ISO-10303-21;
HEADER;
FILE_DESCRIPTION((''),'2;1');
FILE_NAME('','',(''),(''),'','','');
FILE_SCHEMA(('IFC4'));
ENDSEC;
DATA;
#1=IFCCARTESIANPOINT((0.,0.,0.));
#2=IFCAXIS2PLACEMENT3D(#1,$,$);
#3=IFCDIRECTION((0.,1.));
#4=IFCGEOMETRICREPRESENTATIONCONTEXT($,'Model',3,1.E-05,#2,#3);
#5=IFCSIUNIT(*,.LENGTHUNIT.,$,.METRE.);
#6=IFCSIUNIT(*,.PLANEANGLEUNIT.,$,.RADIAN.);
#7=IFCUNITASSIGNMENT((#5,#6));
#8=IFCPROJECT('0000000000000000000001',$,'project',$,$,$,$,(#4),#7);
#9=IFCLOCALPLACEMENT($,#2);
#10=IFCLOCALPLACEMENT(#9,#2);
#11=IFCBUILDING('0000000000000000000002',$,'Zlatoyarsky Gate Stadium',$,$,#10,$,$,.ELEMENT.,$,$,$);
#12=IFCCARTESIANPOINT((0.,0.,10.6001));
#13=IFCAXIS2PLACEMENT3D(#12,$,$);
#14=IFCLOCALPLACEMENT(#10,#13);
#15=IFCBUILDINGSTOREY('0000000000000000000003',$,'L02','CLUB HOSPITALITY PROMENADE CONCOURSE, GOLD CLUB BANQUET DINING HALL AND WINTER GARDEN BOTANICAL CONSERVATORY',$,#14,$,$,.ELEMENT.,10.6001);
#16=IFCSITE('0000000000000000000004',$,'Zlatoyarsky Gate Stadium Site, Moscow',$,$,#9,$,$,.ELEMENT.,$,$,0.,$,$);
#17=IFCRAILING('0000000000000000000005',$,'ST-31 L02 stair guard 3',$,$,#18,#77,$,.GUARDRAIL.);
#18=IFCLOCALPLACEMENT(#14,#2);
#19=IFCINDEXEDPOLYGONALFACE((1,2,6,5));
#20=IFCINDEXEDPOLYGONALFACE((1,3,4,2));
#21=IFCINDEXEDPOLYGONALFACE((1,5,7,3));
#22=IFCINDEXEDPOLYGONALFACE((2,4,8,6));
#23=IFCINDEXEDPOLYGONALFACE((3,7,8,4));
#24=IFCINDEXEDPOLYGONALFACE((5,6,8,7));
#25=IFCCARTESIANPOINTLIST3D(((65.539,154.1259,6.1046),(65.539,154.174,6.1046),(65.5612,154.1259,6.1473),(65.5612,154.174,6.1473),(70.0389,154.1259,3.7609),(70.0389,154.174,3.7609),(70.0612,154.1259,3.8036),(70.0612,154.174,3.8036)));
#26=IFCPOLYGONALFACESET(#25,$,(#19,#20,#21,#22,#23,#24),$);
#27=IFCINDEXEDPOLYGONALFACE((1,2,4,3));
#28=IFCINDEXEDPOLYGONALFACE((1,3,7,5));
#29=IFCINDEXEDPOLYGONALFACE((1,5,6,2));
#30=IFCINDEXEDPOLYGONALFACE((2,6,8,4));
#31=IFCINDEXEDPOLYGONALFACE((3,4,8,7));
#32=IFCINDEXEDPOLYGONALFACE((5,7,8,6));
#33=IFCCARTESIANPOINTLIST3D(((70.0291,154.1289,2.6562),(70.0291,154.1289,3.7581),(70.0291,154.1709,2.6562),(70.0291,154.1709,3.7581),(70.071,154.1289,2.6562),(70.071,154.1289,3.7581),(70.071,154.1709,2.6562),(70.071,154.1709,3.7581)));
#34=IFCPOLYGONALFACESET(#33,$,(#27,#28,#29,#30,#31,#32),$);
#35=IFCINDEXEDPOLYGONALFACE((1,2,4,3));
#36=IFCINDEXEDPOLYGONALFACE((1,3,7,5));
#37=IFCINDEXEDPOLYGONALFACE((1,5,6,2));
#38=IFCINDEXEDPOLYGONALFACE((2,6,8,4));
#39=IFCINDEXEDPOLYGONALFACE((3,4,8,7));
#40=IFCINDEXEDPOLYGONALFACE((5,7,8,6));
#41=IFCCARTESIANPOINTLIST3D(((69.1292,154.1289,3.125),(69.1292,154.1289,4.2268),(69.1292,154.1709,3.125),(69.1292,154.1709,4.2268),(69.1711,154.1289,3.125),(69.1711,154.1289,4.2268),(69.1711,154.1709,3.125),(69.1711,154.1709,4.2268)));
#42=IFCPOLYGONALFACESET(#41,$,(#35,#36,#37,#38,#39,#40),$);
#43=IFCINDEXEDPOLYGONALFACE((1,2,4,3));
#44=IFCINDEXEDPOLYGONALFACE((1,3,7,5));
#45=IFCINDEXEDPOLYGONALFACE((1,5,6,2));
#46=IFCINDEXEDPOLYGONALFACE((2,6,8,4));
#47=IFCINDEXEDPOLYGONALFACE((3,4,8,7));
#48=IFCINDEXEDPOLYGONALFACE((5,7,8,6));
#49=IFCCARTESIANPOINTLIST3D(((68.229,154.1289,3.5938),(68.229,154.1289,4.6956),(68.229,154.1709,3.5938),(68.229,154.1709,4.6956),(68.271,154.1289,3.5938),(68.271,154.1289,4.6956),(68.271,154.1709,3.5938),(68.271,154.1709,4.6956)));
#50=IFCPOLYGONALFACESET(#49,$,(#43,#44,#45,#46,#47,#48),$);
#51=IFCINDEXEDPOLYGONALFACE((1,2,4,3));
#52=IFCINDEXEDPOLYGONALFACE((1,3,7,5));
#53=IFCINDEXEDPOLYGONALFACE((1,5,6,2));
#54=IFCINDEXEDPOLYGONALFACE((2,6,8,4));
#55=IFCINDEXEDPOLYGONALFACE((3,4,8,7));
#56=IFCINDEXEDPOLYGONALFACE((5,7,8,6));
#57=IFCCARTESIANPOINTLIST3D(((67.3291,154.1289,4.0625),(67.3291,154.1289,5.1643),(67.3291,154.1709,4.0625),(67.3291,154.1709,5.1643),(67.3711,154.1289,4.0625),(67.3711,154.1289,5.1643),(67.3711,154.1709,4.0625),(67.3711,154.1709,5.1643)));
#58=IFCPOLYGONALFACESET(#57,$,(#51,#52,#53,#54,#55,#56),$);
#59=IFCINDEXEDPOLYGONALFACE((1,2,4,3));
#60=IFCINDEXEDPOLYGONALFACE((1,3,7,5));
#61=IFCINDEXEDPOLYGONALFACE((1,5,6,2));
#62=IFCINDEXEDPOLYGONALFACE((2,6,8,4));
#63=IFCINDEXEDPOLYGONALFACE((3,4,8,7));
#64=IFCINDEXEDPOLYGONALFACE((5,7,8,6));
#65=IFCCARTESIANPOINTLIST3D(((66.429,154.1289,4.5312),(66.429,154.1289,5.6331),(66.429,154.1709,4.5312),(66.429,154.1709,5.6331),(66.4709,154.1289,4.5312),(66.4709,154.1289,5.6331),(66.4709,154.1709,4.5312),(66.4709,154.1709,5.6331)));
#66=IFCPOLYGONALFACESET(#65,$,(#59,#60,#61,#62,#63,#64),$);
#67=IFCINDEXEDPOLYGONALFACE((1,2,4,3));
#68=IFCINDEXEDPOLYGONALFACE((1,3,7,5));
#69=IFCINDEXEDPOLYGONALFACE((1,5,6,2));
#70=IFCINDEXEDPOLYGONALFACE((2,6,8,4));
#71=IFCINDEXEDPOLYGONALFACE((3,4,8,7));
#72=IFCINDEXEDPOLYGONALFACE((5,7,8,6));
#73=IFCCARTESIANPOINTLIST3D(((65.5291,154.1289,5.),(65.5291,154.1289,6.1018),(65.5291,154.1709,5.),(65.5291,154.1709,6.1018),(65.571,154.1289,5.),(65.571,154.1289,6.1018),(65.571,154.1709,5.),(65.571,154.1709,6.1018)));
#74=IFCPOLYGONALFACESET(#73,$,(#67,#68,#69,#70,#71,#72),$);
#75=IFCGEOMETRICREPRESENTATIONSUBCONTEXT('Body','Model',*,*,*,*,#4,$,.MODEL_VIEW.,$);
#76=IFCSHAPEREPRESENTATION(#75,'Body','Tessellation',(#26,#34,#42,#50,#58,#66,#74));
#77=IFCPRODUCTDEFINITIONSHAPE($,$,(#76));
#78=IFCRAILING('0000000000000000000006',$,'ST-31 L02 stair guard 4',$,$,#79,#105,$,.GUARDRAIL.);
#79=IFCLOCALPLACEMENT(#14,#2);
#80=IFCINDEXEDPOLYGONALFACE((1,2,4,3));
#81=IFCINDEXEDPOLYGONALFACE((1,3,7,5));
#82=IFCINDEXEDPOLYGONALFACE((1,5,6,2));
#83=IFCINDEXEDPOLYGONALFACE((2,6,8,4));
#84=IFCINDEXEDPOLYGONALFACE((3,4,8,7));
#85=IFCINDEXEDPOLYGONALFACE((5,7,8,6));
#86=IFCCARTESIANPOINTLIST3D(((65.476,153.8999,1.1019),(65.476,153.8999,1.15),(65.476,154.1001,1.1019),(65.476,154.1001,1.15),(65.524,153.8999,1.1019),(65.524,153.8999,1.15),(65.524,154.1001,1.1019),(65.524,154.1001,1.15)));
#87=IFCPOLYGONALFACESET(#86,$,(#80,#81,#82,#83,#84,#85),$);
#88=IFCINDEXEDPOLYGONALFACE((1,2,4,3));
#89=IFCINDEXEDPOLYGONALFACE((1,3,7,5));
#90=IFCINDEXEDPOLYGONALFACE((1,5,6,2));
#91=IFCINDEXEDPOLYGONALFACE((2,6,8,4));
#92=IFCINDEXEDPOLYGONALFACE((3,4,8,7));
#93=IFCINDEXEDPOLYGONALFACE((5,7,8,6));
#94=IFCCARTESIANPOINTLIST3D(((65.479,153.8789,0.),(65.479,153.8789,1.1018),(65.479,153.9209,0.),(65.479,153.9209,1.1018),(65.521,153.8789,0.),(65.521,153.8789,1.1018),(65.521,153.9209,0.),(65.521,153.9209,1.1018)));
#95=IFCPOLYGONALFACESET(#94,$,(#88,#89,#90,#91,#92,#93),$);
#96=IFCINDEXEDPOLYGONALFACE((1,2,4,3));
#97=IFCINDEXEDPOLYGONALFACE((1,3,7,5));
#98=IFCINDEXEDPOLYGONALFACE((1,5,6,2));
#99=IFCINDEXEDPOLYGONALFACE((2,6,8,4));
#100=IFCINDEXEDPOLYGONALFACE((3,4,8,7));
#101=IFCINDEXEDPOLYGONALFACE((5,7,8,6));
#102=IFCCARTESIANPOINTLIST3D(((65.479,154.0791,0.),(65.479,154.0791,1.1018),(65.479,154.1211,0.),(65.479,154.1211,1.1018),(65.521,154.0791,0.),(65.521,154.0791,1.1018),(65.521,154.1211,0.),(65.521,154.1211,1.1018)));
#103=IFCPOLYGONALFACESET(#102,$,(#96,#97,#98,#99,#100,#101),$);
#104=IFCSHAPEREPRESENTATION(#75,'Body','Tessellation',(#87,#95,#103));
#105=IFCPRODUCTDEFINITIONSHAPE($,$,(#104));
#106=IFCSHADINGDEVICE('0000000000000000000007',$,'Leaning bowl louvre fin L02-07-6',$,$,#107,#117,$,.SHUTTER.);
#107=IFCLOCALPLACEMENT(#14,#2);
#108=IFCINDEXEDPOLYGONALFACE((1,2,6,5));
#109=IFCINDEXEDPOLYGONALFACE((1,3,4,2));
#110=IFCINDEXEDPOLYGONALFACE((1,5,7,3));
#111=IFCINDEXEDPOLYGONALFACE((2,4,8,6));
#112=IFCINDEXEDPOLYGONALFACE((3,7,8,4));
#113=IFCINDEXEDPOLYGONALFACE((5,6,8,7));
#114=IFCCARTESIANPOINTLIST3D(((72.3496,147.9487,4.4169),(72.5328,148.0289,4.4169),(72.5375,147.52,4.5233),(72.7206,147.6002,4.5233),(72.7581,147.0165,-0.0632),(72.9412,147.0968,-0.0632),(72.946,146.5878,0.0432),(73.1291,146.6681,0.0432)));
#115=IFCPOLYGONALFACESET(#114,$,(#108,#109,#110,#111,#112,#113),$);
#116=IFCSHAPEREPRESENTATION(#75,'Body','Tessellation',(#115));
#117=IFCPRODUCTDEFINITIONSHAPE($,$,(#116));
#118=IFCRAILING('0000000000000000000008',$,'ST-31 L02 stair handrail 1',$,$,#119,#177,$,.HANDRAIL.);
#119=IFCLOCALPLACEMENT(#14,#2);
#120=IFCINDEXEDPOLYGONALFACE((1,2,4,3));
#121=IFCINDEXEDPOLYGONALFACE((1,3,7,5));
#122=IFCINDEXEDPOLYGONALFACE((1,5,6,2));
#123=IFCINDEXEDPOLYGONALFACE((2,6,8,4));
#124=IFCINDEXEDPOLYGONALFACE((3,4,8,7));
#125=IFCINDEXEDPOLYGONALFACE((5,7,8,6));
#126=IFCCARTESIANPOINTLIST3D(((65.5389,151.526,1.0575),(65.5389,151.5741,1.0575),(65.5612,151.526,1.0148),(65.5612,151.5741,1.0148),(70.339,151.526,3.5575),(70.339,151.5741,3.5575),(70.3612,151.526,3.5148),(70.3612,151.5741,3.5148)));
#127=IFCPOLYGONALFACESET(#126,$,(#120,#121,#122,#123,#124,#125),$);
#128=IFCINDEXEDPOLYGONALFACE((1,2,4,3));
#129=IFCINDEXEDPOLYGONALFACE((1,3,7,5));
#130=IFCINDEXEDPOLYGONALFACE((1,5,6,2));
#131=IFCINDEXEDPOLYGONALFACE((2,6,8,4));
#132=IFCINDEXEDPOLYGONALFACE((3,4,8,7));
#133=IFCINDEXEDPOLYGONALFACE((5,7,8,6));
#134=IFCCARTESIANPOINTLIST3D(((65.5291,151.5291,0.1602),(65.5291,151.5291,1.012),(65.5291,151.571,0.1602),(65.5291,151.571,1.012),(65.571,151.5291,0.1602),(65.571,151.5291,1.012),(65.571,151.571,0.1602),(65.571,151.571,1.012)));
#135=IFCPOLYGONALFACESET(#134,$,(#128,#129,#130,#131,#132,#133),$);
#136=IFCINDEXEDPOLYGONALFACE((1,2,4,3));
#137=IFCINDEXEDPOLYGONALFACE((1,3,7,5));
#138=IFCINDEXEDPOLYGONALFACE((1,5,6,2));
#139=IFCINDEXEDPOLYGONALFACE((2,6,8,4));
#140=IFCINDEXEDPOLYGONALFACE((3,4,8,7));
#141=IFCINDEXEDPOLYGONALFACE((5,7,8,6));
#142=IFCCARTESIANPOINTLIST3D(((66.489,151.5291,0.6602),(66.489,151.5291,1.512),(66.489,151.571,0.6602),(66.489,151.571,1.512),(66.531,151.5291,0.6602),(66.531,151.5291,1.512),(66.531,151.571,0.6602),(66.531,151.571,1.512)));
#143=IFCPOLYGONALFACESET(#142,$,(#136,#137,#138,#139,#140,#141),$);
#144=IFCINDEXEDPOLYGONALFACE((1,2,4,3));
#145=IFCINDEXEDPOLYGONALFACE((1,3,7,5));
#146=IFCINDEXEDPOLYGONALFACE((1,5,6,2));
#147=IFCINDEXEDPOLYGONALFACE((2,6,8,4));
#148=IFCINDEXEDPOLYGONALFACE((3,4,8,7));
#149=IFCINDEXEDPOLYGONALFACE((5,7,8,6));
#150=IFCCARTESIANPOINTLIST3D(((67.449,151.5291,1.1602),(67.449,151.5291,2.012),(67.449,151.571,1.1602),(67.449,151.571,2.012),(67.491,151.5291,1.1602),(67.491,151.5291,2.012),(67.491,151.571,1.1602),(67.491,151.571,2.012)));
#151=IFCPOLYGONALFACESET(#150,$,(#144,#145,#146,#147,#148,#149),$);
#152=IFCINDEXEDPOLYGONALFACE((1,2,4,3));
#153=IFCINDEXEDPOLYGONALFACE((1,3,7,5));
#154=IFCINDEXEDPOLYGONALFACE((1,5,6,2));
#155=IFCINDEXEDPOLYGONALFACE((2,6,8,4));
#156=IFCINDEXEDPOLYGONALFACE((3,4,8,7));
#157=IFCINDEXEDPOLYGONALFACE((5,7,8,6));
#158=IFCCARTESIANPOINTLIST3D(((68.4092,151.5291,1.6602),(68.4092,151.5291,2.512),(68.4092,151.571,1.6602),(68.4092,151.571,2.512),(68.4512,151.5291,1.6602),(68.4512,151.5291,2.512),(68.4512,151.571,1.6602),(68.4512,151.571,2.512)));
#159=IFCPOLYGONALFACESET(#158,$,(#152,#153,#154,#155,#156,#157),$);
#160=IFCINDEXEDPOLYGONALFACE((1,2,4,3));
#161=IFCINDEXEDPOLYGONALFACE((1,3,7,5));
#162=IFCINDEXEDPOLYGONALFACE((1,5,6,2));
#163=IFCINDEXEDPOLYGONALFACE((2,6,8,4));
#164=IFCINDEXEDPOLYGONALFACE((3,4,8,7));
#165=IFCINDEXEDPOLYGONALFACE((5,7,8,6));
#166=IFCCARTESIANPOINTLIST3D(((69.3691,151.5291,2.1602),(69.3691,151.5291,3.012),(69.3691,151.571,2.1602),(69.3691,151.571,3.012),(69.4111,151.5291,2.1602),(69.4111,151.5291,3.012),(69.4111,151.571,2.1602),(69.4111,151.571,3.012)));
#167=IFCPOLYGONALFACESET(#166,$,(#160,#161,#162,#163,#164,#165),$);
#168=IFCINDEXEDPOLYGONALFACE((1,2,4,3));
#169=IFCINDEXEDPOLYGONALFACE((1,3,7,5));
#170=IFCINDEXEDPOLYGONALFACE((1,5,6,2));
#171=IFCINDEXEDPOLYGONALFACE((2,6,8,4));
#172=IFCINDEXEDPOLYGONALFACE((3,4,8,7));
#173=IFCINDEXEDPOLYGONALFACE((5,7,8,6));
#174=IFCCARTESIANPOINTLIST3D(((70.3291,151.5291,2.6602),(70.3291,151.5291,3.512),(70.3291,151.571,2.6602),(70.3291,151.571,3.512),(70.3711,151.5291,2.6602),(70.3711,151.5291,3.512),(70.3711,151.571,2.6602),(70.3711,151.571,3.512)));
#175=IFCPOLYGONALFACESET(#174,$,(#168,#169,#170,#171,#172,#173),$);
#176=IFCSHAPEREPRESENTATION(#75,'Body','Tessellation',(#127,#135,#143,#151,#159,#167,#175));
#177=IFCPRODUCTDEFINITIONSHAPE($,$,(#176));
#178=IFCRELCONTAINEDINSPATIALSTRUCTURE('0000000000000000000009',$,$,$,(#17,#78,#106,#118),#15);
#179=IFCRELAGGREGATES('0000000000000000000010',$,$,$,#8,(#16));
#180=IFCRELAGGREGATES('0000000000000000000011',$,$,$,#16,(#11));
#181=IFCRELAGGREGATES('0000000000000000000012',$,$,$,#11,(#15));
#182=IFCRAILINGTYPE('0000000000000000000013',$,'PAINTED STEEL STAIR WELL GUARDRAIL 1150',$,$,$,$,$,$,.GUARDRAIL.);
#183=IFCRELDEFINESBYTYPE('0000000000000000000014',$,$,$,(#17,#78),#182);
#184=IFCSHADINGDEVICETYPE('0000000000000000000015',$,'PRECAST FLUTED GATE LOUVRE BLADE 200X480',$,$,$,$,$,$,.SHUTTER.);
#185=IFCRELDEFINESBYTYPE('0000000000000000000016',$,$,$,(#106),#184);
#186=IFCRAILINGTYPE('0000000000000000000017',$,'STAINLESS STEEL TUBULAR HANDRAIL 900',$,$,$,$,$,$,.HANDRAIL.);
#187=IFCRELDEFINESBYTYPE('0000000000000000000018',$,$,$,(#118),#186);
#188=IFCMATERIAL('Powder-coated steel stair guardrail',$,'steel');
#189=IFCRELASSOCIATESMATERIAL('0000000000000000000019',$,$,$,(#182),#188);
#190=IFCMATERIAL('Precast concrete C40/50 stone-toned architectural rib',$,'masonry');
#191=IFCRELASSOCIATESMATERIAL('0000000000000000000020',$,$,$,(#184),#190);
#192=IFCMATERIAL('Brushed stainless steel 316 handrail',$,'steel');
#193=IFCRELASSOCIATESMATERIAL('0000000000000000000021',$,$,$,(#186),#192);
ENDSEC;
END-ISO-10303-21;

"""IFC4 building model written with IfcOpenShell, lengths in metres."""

from ifc_helpers import new_model, si_unit, direction, frame, origin, origin_2d, place, context, subcontext, project, spatial, rectangle, extrude, material, material_profile, profile_set, type_object, element, save


model = new_model("IFC4")

# Units and contexts
model_context = context("Model", 3, precision=1e-05, world=origin(), true_north=direction((0.0, 1.0)))
body_context = subcontext(model_context, "Body", "Model", "MODEL_VIEW")
ifc_project = project(units=[si_unit("LENGTHUNIT", "METRE"), si_unit("PLANEANGLEUNIT", "RADIAN")], contexts=[model_context])

# Site, building, storey
site_placement = place(None, origin())
site = spatial("IfcSite", under=ifc_project, at=site_placement, Name="Zlatoyarsky Gate Stadium Site, Moscow", CompositionType="ELEMENT", RefElevation=0.0)
building_placement = place(site_placement, origin())
building = spatial("IfcBuilding", under=site, at=building_placement, Name="Zlatoyarsky Gate Stadium", CompositionType="ELEMENT")
storey_placement = place(building_placement, frame((0.0, 0.0, 10.6001)))
storey = spatial("IfcBuildingStorey", under=building, at=storey_placement, Name="L02", Description="CLUB HOSPITALITY PROMENADE CONCOURSE, GOLD CLUB BANQUET DINING HALL AND WINTER GARDEN BOTANICAL CONSERVATORY", CompositionType="ELEMENT", Elevation=10.6001)

# Railings
ifc_material_1 = material(Name="Powder-coated steel stair guardrail", Category="steel")
railing_type_1 = type_object("IfcRailingType", Name="PAINTED STEEL STAIR WELL GUARDRAIL 1150", PredefinedType="GUARDRAIL", material=ifc_material_1)
railing_1_placement = place(storey_placement, frame((70.05, 154.1499, 2.6562)))
element("IfcRailing", 1, at=railing_1_placement, inside=storey, type_object=railing_type_1, Name="ST-31 L02 stair guard 3", PredefinedType="GUARDRAIL", context=body_context, shape_type="SweptSolid", body=[
    extrude(rectangle(XDim=0.0481, YDim=0.0481, at=origin_2d()), frame((0.0, 0.0, 1.126), z_axis=(-0.886914, 0.0, 0.461934), x_axis=(0.0, -1.0, 0.0)), (0.0, 0.0, 1.0), 5.0737),
    extrude(rectangle(XDim=0.042, YDim=0.042, at=origin_2d()), origin(), (0.0, 0.0, 1.0), 1.1018),
    extrude(rectangle(XDim=0.042, YDim=0.042, at=origin_2d()), frame((-0.8999, 0.0, 0.4688)), (0.0, 0.0, 1.0), 1.1018),
    extrude(rectangle(XDim=0.042, YDim=0.042, at=origin_2d()), frame((-1.8, 0.0, 0.9375)), (0.0, 0.0, 1.0), 1.1018),
    extrude(rectangle(XDim=0.042, YDim=0.042, at=origin_2d()), frame((-2.7, 0.0, 1.4062)), (0.0, 0.0, 1.0), 1.1018),
    extrude(rectangle(XDim=0.042, YDim=0.042, at=origin_2d()), frame((-3.6001, 0.0, 1.875)), (0.0, 0.0, 1.0), 1.1018),
    extrude(rectangle(XDim=0.042, YDim=0.042, at=origin_2d()), frame((-4.5, 0.0, 2.3438)), (0.0, 0.0, 1.0), 1.1018),
])
railing_2_placement = place(storey_placement, frame((65.5, 153.8999, 0.0)))
element("IfcRailing", 2, at=railing_2_placement, inside=storey, type_object=railing_type_1, Name="ST-31 L02 stair guard 4", PredefinedType="GUARDRAIL", context=body_context, shape_type="SweptSolid", body=[
    extrude(rectangle(XDim=0.0481, YDim=0.0481, at=origin_2d()), frame((0.0, 0.0, 1.126), z_axis=(0.0, 1.0, 0.0), x_axis=(-1.0, 0.0, 0.0)), (0.0, 0.0, 1.0), 0.2002),
    extrude(rectangle(XDim=0.042, YDim=0.042, at=origin_2d()), origin(), (0.0, 0.0, 1.0), 1.1018),
    extrude(rectangle(XDim=0.042, YDim=0.042, at=origin_2d()), frame((0.0, 0.2002, 0.0)), (0.0, 0.0, 1.0), 1.1018),
])

# Shading device
ifc_material_2 = material(Name="Precast concrete C40/50 stone-toned architectural rib", Category="masonry")
ifc_material_profile_1 = material_profile(ifc_material_2, rectangle(XDim=0.2, YDim=0.48, at=origin_2d()), Name="RIB 200X480")
ifc_profile_set_1 = profile_set([ifc_material_profile_1], Name="Precast concrete C40/50 stone-toned architectural rib")
shading_device_type = type_object("IfcShadingDeviceType", Name="PRECAST FLUTED GATE LOUVRE BLADE 200X480", PredefinedType="SHUTTER", material=ifc_profile_set_1)
shading_device_placement = place(storey_placement, frame((72.9436, 146.8423, -0.01), z_axis=(-0.088907, 0.202896, 0.975156), x_axis=(-0.915926, -0.401347, 0.0)))
element("IfcShadingDevice", 3, at=shading_device_placement, inside=storey, type_object=shading_device_type, Name="Leaning bowl louvre fin L02-07-6", PredefinedType="SHUTTER", context=body_context, shape_type="SweptSolid", body=[
    extrude(rectangle(XDim=0.2, YDim=0.48, at=origin_2d()), origin(), (0.0, 0.0, 1.0), 4.5942),
])

# Railing
ifc_material_3 = material(Name="Brushed stainless steel 316 handrail", Category="steel")
railing_type_2 = type_object("IfcRailingType", Name="STAINLESS STEEL TUBULAR HANDRAIL 900", PredefinedType="HANDRAIL", material=ifc_material_3)
railing_3_placement = place(storey_placement, frame((65.55, 151.55, 0.1602)))
element("IfcRailing", 4, at=railing_3_placement, inside=storey, type_object=railing_type_2, Name="ST-31 L02 stair handrail 1", PredefinedType="HANDRAIL", context=body_context, shape_type="SweptSolid", body=[
    extrude(rectangle(XDim=0.0481, YDim=0.0481, at=origin_2d()), frame((0.0, 0.0, 0.876), z_axis=(0.886916, 0.0, 0.461931), x_axis=(0.0, 1.0, 0.0)), (0.0, 0.0, 1.0), 5.4121),
    extrude(rectangle(XDim=0.042, YDim=0.042, at=origin_2d()), origin(), (0.0, 0.0, 1.0), 0.8518),
    extrude(rectangle(XDim=0.042, YDim=0.042, at=origin_2d()), frame((0.96, 0.0, 0.5)), (0.0, 0.0, 1.0), 0.8518),
    extrude(rectangle(XDim=0.042, YDim=0.042, at=origin_2d()), frame((1.9199, 0.0, 1.0)), (0.0, 0.0, 1.0), 0.8518),
    extrude(rectangle(XDim=0.042, YDim=0.042, at=origin_2d()), frame((2.8801, 0.0, 1.5)), (0.0, 0.0, 1.0), 0.8518),
    extrude(rectangle(XDim=0.042, YDim=0.042, at=origin_2d()), frame((3.8401, 0.0, 2.0)), (0.0, 0.0, 1.0), 0.8518),
    extrude(rectangle(XDim=0.042, YDim=0.042, at=origin_2d()), frame((4.8, 0.0, 2.5)), (0.0, 0.0, 1.0), 0.8518),
])

save(model, "model.ifc")
